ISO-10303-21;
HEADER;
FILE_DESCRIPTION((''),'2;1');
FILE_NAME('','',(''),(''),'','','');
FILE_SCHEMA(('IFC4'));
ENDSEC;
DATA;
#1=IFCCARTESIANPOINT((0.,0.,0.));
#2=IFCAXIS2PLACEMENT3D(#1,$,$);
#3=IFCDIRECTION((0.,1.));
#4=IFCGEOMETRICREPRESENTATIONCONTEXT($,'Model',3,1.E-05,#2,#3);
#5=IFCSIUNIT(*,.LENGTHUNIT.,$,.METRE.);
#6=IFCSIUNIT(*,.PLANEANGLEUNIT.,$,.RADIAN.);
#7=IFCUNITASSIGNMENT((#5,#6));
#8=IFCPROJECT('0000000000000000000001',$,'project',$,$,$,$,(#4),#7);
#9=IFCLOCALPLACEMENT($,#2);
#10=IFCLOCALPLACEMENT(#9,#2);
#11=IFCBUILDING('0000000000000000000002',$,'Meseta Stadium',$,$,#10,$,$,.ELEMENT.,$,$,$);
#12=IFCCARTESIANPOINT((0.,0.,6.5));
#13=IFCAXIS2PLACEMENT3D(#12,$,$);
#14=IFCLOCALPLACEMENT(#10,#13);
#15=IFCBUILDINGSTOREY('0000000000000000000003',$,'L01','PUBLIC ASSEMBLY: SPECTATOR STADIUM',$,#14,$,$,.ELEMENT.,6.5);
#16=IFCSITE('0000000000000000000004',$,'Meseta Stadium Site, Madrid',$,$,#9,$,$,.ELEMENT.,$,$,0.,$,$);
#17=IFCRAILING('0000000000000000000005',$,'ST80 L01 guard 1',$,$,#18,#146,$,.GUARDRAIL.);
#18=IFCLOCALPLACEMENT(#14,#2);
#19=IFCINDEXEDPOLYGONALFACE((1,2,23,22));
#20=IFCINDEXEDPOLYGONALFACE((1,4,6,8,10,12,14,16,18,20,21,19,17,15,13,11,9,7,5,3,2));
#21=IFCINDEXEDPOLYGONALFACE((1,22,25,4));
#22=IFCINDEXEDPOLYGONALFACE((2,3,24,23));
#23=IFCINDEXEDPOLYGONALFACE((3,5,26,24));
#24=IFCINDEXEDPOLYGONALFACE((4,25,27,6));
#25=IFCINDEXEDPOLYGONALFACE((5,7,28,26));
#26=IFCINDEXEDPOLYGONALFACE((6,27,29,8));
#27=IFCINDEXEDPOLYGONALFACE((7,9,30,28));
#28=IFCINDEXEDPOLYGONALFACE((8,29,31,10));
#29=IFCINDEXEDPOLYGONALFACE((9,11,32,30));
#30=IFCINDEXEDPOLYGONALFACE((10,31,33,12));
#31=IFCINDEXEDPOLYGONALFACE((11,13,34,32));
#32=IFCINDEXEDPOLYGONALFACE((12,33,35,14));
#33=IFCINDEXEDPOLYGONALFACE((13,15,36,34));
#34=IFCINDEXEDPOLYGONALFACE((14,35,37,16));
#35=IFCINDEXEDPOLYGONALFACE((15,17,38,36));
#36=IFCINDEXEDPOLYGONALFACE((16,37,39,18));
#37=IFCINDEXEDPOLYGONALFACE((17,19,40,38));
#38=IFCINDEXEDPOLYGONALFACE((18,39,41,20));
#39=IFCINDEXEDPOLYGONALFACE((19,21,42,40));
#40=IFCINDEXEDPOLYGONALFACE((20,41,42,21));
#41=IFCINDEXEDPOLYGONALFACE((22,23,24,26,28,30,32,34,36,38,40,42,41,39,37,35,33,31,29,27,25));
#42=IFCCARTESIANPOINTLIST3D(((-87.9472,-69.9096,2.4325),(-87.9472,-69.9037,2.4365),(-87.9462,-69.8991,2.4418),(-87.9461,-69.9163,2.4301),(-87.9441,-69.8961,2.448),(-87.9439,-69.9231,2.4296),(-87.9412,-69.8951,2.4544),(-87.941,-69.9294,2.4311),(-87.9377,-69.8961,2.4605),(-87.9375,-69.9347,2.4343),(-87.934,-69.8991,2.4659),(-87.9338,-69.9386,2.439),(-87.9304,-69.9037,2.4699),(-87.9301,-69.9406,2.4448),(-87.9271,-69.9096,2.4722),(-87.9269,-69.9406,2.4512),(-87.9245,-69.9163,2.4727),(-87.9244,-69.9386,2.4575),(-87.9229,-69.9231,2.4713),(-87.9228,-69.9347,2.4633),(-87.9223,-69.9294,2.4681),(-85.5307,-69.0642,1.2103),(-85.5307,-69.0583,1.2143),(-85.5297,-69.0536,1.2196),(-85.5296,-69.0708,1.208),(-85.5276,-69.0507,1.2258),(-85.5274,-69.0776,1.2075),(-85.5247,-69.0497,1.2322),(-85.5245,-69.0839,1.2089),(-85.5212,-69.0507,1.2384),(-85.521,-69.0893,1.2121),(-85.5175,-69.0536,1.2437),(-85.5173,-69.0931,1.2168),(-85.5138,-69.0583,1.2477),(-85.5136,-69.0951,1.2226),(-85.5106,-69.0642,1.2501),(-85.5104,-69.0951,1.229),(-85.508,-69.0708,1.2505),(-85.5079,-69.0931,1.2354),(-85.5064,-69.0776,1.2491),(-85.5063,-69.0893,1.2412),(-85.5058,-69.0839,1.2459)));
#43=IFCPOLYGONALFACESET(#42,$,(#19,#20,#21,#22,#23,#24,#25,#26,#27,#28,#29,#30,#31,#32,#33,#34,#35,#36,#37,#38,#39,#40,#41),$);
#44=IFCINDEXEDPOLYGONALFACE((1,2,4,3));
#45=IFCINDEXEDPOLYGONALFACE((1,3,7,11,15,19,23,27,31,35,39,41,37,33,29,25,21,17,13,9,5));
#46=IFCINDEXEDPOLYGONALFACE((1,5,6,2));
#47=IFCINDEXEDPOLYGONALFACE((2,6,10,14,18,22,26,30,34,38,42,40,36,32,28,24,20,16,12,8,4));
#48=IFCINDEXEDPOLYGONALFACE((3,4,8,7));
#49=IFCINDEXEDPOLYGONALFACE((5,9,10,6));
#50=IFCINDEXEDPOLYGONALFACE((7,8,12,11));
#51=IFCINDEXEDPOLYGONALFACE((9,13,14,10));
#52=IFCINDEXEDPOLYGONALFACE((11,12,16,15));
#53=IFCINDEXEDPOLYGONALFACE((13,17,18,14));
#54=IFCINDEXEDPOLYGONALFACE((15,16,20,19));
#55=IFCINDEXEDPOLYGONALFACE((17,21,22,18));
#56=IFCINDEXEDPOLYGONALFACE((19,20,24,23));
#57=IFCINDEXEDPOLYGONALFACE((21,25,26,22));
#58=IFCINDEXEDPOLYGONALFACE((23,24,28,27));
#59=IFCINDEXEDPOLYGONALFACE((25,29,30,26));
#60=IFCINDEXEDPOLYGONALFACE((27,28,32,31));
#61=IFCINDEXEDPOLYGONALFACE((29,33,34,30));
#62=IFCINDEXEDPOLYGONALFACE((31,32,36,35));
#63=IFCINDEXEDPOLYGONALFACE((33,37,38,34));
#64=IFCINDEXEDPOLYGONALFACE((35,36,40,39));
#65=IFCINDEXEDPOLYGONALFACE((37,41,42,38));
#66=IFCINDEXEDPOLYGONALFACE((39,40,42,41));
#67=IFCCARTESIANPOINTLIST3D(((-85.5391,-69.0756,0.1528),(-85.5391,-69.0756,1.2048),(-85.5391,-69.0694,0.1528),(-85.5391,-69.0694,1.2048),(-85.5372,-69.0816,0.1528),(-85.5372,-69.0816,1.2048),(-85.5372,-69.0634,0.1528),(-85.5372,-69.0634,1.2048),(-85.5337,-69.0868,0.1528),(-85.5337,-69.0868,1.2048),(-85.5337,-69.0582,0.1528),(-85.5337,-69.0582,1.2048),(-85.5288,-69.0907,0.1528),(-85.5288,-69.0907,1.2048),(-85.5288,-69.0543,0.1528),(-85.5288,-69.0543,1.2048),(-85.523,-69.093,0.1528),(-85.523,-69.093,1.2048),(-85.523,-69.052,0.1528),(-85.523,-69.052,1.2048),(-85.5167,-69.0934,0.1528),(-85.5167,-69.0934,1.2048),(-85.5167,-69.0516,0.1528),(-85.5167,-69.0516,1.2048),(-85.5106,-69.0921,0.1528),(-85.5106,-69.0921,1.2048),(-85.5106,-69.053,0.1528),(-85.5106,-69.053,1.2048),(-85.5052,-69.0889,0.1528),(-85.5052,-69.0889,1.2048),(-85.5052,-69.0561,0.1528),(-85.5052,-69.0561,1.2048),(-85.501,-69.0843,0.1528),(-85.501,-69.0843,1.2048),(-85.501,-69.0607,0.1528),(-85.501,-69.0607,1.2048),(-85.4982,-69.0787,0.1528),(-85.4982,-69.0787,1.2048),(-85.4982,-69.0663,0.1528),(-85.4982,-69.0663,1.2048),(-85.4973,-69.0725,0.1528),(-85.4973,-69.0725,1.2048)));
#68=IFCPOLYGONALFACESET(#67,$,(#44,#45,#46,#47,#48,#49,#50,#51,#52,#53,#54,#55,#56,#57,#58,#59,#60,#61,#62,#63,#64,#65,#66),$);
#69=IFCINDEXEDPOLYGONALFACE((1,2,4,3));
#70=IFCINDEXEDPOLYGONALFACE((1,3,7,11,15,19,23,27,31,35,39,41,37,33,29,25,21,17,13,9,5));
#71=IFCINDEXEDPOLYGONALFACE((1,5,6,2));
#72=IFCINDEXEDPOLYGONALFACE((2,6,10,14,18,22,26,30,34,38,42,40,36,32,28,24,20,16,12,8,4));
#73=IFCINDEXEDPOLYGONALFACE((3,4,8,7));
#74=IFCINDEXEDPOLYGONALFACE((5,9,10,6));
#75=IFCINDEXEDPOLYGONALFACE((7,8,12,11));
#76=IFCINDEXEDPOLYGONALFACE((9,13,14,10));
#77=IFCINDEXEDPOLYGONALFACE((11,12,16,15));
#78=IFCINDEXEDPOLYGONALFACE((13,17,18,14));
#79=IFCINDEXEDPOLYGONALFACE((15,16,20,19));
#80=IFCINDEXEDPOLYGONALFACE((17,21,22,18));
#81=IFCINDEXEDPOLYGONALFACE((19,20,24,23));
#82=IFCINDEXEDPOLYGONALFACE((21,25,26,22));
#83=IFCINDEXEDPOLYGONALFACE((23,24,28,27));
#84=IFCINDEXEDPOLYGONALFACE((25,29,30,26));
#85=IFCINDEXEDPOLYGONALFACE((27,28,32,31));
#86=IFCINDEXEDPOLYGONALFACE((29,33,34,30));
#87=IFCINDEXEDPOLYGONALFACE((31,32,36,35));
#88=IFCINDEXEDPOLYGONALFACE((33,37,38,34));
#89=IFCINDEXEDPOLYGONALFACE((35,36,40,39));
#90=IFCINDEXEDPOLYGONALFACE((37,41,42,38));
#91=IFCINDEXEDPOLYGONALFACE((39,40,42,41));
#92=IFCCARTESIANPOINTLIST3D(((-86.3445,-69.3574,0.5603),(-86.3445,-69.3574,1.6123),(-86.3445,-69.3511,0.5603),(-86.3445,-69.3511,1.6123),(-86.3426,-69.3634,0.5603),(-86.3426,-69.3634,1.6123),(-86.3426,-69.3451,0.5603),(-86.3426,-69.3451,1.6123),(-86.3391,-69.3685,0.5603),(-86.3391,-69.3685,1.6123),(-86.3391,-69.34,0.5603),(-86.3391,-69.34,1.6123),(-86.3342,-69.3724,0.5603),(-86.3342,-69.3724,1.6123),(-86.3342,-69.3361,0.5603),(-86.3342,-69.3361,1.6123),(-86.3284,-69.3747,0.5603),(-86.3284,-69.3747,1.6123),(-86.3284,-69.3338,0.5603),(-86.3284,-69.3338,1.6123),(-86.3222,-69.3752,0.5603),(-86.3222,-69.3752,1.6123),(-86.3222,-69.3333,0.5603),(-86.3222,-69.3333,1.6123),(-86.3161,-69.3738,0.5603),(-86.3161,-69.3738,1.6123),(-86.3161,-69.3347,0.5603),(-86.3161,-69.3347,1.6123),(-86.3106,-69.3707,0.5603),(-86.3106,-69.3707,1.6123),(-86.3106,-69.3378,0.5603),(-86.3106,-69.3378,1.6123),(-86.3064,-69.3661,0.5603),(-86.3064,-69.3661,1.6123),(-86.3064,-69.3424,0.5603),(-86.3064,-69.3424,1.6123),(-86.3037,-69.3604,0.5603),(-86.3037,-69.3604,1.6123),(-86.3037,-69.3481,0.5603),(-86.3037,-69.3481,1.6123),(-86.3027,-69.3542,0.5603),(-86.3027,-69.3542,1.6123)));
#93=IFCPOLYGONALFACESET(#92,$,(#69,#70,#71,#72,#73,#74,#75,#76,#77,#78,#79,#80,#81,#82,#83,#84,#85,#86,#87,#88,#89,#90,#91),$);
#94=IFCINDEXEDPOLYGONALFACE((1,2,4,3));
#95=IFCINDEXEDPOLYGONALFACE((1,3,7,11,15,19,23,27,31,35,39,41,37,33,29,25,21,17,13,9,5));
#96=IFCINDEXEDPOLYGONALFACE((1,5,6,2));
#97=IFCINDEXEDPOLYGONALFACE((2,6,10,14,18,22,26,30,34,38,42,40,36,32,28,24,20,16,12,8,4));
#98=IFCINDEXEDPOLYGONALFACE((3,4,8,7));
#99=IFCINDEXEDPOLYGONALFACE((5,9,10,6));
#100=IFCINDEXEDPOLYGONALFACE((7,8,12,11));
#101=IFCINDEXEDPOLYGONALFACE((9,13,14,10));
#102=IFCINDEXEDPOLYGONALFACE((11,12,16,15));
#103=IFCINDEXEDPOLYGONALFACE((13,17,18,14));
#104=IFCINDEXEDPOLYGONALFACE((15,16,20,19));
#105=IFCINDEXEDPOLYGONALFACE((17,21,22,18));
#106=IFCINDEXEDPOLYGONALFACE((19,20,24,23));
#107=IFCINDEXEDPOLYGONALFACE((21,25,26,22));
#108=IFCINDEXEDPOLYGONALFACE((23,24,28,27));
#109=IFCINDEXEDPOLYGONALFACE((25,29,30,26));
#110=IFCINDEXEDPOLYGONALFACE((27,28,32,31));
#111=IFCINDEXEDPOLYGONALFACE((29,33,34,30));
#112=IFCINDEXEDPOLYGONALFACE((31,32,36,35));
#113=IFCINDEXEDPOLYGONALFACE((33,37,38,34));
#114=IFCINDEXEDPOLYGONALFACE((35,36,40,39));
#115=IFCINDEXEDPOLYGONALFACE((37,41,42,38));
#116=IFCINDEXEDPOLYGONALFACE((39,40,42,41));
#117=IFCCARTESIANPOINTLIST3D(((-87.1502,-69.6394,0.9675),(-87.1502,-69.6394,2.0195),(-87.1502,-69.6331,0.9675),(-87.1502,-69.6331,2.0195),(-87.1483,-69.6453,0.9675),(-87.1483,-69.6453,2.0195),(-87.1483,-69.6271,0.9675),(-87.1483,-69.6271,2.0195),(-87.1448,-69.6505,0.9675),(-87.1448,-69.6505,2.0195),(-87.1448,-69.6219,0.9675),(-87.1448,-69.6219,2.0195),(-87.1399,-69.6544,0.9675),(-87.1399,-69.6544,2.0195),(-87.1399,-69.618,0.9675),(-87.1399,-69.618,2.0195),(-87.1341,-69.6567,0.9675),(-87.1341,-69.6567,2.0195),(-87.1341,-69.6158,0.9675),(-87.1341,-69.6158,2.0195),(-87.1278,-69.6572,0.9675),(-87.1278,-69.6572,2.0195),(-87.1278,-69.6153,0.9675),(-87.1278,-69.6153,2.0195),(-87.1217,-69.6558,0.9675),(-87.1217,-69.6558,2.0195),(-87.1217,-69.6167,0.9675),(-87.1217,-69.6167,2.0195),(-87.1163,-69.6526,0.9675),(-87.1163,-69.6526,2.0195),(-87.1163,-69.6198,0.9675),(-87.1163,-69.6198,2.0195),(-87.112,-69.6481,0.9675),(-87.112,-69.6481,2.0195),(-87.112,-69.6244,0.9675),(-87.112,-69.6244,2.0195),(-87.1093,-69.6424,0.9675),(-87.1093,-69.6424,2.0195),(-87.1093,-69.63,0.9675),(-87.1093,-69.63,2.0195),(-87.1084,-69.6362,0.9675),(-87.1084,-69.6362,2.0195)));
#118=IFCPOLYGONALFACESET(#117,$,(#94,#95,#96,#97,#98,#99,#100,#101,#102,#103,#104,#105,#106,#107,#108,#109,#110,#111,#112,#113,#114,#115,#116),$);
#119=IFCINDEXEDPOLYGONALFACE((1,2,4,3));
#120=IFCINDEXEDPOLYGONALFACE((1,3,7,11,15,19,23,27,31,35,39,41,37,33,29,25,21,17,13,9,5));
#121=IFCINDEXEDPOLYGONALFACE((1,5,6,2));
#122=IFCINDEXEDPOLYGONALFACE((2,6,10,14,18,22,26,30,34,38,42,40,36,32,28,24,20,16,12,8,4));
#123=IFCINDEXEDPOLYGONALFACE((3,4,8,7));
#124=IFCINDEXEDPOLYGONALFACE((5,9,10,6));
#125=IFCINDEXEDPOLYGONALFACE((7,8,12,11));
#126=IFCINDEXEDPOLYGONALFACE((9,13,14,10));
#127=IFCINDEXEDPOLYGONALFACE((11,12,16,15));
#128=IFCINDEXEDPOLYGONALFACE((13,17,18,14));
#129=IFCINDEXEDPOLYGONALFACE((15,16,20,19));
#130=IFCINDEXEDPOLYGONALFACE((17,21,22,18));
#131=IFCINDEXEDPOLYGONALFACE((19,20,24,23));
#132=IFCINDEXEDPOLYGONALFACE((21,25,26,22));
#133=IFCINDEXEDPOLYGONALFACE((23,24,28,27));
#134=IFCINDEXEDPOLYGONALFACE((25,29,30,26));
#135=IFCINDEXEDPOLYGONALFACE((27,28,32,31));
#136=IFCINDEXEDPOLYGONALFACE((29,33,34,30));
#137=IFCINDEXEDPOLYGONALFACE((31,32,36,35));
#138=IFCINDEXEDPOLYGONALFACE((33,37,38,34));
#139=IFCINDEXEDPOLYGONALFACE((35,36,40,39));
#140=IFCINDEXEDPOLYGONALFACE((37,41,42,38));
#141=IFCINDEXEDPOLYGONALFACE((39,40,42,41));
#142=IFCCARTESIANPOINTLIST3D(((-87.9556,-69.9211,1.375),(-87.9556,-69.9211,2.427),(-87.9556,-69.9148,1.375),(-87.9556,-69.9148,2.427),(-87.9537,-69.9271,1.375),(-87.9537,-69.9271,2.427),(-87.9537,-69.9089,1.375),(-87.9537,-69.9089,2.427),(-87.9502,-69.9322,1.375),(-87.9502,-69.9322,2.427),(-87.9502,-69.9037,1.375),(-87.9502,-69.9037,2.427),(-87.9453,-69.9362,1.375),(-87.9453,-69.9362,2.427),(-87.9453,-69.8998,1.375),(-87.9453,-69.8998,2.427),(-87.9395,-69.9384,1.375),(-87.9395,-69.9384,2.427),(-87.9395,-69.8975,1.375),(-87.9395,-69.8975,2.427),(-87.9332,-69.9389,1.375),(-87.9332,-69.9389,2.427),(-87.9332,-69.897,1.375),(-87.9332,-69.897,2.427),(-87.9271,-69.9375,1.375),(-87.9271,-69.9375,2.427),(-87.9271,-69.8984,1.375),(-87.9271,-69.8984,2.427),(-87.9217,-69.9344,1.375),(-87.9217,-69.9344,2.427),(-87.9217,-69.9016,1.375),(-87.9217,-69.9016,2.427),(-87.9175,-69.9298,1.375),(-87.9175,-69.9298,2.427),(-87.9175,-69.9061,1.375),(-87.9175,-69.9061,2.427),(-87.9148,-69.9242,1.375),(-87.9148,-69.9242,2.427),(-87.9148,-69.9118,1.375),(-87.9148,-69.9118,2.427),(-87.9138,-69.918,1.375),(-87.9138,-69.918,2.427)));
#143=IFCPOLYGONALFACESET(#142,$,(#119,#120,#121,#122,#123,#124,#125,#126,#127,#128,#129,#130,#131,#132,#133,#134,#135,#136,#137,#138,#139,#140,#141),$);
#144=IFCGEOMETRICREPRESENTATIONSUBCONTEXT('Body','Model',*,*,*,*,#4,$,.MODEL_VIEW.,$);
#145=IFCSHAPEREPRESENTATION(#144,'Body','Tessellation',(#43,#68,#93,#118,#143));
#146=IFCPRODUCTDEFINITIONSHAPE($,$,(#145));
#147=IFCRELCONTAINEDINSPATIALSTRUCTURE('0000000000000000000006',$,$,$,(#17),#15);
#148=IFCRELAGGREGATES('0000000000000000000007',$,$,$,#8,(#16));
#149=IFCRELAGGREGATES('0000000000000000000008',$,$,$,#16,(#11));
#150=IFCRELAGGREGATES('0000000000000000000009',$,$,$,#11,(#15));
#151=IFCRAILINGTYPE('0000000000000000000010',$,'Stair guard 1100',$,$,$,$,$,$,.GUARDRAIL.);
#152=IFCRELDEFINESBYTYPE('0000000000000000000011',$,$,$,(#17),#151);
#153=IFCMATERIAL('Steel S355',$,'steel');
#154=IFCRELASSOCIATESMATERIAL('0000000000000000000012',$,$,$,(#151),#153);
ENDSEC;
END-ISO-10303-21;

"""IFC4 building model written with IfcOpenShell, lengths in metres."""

from ifc_helpers import new_model, si_unit, direction, frame, origin, origin_2d, place, context, subcontext, project, spatial, circle, extrude, material, type_object, element, save


model = new_model("IFC4")

# Units and contexts
model_context = context("Model", 3, precision=1e-05, world=origin(), true_north=direction((0.0, 1.0)))
body_context = subcontext(model_context, "Body", "Model", "MODEL_VIEW")
ifc_project = project(units=[si_unit("LENGTHUNIT", "METRE"), si_unit("PLANEANGLEUNIT", "RADIAN")], contexts=[model_context])

# Site, building, storey
site_placement = place(None, origin())
site = spatial("IfcSite", under=ifc_project, at=site_placement, Name="Meseta Stadium Site, Madrid", CompositionType="ELEMENT", RefElevation=0.0)
building_placement = place(site_placement, origin())
building = spatial("IfcBuilding", under=site, at=building_placement, Name="Meseta Stadium", CompositionType="ELEMENT")
storey_placement = place(building_placement, frame((0.0, 0.0, 6.5)))
storey = spatial("IfcBuildingStorey", under=building, at=storey_placement, Name="L01", Description="PUBLIC ASSEMBLY: SPECTATOR STADIUM", CompositionType="ELEMENT", Elevation=6.5)

# Railing
ifc_material_1 = material(Name="Steel S355", Category="steel")
railing_type_1 = type_object("IfcRailingType", Name="Stair guard 1100", PredefinedType="GUARDRAIL", material=ifc_material_1)
railing_1_placement = place(storey_placement, frame((-85.5183, -69.0725, 0.1528)))
element("IfcRailing", 1, at=railing_1_placement, inside=storey, type_object=railing_type_1, Name="ST80 L01 guard 1", PredefinedType="GUARDRAIL", context=body_context, shape_type="SweptSolid", body=[
    extrude(circle(Radius=0.0239, at=origin_2d()), frame((0.0, 0.0, 1.0762), z_axis=(-0.851812, -0.298022, 0.430811), x_axis=(0.33024, -0.943897, 0.0)), (0.0, 0.0, 1.0), 2.8369),
    extrude(circle(Radius=0.021, at=origin_2d()), origin(), (0.0, 0.0, 1.0), 1.052),
    extrude(circle(Radius=0.021, at=origin_2d()), frame((-0.8054, -0.2817, 0.4075)), (0.0, 0.0, 1.0), 1.052),
    extrude(circle(Radius=0.021, at=origin_2d()), frame((-1.6111, -0.5637, 0.8147)), (0.0, 0.0, 1.0), 1.052),
    extrude(circle(Radius=0.021, at=origin_2d()), frame((-2.4165, -0.8455, 1.2222)), (0.0, 0.0, 1.0), 1.052),
])

save(model, "model.ifc")
